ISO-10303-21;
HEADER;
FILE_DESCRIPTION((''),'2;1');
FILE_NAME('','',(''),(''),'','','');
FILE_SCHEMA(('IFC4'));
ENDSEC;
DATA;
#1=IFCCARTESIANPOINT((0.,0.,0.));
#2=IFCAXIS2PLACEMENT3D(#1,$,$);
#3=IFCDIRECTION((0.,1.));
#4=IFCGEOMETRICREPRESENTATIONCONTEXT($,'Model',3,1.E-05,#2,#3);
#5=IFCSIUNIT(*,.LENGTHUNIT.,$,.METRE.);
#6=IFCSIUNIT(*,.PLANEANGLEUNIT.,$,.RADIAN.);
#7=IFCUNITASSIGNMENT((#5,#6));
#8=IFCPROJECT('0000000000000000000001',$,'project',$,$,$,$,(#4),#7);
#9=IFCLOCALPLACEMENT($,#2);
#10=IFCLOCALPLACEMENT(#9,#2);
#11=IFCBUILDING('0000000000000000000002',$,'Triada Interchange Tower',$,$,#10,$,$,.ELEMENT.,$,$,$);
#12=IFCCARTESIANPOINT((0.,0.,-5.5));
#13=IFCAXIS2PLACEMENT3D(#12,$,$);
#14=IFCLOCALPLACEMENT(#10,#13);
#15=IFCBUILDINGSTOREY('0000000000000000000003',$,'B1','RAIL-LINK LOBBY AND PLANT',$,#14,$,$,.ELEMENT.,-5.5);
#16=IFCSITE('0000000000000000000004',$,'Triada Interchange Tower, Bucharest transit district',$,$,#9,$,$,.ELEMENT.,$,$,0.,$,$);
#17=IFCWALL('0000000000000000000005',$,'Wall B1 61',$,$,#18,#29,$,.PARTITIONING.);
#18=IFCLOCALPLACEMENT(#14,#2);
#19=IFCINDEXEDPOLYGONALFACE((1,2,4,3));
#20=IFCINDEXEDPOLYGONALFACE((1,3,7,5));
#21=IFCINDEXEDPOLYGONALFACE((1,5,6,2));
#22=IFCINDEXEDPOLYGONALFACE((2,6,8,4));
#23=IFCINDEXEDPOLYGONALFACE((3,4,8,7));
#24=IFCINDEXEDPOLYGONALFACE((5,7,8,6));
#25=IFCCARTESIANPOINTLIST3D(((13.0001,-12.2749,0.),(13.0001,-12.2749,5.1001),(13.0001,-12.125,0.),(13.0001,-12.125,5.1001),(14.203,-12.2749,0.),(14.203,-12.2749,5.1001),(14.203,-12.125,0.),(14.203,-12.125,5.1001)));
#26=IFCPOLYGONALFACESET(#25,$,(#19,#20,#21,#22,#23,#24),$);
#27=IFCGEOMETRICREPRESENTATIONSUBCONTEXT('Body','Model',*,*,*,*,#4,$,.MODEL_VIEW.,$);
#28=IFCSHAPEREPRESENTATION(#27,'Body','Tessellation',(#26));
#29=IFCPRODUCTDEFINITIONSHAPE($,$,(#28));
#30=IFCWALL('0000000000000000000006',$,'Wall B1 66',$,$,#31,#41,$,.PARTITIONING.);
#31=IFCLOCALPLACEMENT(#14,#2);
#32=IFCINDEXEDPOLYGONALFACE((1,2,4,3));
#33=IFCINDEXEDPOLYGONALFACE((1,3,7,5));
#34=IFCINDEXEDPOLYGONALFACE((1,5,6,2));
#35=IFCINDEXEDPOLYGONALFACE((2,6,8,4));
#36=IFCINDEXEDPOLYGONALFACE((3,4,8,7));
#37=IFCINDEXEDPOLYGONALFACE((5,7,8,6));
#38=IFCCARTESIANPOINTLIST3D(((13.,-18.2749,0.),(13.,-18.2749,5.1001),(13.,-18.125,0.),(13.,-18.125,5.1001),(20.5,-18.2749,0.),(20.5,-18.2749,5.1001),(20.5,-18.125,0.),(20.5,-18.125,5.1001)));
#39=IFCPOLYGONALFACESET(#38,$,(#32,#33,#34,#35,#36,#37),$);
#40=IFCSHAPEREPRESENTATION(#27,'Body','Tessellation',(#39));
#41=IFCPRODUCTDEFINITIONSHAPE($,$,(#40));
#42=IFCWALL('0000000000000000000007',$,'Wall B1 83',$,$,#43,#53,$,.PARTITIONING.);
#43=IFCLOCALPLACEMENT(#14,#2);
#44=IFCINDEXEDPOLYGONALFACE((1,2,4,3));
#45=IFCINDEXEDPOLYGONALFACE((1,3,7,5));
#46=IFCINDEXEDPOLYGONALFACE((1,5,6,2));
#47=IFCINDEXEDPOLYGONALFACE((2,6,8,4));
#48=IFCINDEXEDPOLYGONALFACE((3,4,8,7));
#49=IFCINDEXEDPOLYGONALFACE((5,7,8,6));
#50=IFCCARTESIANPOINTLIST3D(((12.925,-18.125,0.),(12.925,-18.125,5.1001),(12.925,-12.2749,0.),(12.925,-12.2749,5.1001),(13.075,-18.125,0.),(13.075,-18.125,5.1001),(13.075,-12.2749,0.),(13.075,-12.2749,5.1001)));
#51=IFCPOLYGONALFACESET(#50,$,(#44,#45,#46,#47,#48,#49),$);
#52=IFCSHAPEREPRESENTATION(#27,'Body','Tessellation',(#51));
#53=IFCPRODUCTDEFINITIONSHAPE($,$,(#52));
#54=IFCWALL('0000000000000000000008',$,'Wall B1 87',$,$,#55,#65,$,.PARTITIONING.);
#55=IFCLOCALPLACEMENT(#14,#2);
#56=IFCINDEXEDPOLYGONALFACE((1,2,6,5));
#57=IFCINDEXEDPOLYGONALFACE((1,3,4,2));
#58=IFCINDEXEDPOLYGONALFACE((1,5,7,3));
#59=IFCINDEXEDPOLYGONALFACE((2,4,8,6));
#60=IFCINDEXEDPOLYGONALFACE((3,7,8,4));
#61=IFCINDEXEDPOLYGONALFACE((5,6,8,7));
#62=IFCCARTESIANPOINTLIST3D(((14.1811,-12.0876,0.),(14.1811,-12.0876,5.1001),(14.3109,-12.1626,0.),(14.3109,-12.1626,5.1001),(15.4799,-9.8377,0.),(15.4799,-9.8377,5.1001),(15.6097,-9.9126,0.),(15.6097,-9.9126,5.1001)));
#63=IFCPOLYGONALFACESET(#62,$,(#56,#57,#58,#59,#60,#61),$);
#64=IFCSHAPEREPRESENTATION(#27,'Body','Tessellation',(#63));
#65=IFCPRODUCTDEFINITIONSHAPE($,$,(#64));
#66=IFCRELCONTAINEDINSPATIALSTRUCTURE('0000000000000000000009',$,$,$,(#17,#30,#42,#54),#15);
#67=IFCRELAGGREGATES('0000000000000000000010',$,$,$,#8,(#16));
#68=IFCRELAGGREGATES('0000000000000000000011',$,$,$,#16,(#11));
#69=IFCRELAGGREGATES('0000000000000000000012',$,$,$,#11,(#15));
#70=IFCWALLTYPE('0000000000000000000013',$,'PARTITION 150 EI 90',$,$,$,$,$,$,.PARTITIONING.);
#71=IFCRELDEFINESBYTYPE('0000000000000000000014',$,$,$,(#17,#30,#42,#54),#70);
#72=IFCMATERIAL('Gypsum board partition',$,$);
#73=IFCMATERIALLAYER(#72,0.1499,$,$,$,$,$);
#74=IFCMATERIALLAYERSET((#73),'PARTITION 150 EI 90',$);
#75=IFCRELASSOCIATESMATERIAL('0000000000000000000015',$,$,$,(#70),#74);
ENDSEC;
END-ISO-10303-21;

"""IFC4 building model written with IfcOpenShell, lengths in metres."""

from ifc_helpers import new_model, si_unit, direction, frame, frame_2d, origin, place, context, subcontext, project, spatial, rectangle, extrude, material, layer, layer_set, type_object, element, save


model = new_model("IFC4")

# Units and contexts
model_context = context("Model", 3, precision=1e-05, world=origin(), true_north=direction((0.0, 1.0)))
body_context = subcontext(model_context, "Body", "Model", "MODEL_VIEW")
ifc_project = project(units=[si_unit("LENGTHUNIT", "METRE"), si_unit("PLANEANGLEUNIT", "RADIAN")], contexts=[model_context])

# Site, building, storey
site_placement = place(None, origin())
site = spatial("IfcSite", under=ifc_project, at=site_placement, Name="Triada Interchange Tower, Bucharest transit district", CompositionType="ELEMENT", RefElevation=0.0)
building_placement = place(site_placement, origin())
building = spatial("IfcBuilding", under=site, at=building_placement, Name="Triada Interchange Tower", CompositionType="ELEMENT")
storey_placement = place(building_placement, frame((0.0, 0.0, -5.5)))
storey = spatial("IfcBuildingStorey", under=building, at=storey_placement, Name="B1", Description="RAIL-LINK LOBBY AND PLANT", CompositionType="ELEMENT", Elevation=-5.5)

# Walls
ifc_material_1 = material(Name="Gypsum board partition")
ifc_layer_1 = layer(ifc_material_1, 0.1499)
ifc_layer_set_1 = layer_set([ifc_layer_1], Name="PARTITION 150 EI 90")
wall_type_1 = type_object("IfcWallType", Name="PARTITION 150 EI 90", PredefinedType="PARTITIONING", material=ifc_layer_set_1)
wall_1_placement = place(storey_placement, frame((13.0, -12.2, 0.0), z_axis=(0.0, 0.0, 1.0), x_axis=(1.0, 0.0, 0.0)))
element("IfcWall", 1, at=wall_1_placement, inside=storey, type_object=wall_type_1, Name="Wall B1 61", PredefinedType="PARTITIONING", context=body_context, shape_type="SweptSolid", body=[
    extrude(rectangle(XDim=1.2029, YDim=0.1499, at=frame_2d((0.6016, 0.0))), origin(), (0.0, 0.0, 1.0), 5.1001),
])
wall_2_placement = place(storey_placement, frame((13.0, -18.2, 0.0), z_axis=(0.0, 0.0, 1.0), x_axis=(1.0, 0.0, 0.0)))
element("IfcWall", 2, at=wall_2_placement, inside=storey, type_object=wall_type_1, Name="Wall B1 66", PredefinedType="PARTITIONING", context=body_context, shape_type="SweptSolid", body=[
    extrude(rectangle(XDim=7.5, YDim=0.1499, at=frame_2d((3.75, 0.0))), origin(), (0.0, 0.0, 1.0), 5.1001),
])
wall_3_placement = place(storey_placement, frame((13.0, -18.125, 0.0), z_axis=(0.0, 0.0, 1.0), x_axis=(0.0, 1.0, 0.0)))
element("IfcWall", 3, at=wall_3_placement, inside=storey, type_object=wall_type_1, Name="Wall B1 83", PredefinedType="PARTITIONING", context=body_context, shape_type="SweptSolid", body=[
    extrude(rectangle(XDim=5.8501, YDim=0.1499, at=frame_2d((2.925, 0.0))), origin(), (0.0, 0.0, 1.0), 5.1001),
])
wall_4_placement = place(storey_placement, frame((14.2461, -12.125, 0.0), z_axis=(0.0, 0.0, 1.0), x_axis=(0.499939, 0.86606, 0.0)))
element("IfcWall", 4, at=wall_4_placement, inside=storey, type_object=wall_type_1, Name="Wall B1 87", PredefinedType="PARTITIONING", context=body_context, shape_type="SweptSolid", body=[
    extrude(rectangle(XDim=2.5979, YDim=0.1499, at=frame_2d((1.2988, 0.0))), origin(), (0.0, 0.0, 1.0), 5.1001),
])

save(model, "model.ifc")
